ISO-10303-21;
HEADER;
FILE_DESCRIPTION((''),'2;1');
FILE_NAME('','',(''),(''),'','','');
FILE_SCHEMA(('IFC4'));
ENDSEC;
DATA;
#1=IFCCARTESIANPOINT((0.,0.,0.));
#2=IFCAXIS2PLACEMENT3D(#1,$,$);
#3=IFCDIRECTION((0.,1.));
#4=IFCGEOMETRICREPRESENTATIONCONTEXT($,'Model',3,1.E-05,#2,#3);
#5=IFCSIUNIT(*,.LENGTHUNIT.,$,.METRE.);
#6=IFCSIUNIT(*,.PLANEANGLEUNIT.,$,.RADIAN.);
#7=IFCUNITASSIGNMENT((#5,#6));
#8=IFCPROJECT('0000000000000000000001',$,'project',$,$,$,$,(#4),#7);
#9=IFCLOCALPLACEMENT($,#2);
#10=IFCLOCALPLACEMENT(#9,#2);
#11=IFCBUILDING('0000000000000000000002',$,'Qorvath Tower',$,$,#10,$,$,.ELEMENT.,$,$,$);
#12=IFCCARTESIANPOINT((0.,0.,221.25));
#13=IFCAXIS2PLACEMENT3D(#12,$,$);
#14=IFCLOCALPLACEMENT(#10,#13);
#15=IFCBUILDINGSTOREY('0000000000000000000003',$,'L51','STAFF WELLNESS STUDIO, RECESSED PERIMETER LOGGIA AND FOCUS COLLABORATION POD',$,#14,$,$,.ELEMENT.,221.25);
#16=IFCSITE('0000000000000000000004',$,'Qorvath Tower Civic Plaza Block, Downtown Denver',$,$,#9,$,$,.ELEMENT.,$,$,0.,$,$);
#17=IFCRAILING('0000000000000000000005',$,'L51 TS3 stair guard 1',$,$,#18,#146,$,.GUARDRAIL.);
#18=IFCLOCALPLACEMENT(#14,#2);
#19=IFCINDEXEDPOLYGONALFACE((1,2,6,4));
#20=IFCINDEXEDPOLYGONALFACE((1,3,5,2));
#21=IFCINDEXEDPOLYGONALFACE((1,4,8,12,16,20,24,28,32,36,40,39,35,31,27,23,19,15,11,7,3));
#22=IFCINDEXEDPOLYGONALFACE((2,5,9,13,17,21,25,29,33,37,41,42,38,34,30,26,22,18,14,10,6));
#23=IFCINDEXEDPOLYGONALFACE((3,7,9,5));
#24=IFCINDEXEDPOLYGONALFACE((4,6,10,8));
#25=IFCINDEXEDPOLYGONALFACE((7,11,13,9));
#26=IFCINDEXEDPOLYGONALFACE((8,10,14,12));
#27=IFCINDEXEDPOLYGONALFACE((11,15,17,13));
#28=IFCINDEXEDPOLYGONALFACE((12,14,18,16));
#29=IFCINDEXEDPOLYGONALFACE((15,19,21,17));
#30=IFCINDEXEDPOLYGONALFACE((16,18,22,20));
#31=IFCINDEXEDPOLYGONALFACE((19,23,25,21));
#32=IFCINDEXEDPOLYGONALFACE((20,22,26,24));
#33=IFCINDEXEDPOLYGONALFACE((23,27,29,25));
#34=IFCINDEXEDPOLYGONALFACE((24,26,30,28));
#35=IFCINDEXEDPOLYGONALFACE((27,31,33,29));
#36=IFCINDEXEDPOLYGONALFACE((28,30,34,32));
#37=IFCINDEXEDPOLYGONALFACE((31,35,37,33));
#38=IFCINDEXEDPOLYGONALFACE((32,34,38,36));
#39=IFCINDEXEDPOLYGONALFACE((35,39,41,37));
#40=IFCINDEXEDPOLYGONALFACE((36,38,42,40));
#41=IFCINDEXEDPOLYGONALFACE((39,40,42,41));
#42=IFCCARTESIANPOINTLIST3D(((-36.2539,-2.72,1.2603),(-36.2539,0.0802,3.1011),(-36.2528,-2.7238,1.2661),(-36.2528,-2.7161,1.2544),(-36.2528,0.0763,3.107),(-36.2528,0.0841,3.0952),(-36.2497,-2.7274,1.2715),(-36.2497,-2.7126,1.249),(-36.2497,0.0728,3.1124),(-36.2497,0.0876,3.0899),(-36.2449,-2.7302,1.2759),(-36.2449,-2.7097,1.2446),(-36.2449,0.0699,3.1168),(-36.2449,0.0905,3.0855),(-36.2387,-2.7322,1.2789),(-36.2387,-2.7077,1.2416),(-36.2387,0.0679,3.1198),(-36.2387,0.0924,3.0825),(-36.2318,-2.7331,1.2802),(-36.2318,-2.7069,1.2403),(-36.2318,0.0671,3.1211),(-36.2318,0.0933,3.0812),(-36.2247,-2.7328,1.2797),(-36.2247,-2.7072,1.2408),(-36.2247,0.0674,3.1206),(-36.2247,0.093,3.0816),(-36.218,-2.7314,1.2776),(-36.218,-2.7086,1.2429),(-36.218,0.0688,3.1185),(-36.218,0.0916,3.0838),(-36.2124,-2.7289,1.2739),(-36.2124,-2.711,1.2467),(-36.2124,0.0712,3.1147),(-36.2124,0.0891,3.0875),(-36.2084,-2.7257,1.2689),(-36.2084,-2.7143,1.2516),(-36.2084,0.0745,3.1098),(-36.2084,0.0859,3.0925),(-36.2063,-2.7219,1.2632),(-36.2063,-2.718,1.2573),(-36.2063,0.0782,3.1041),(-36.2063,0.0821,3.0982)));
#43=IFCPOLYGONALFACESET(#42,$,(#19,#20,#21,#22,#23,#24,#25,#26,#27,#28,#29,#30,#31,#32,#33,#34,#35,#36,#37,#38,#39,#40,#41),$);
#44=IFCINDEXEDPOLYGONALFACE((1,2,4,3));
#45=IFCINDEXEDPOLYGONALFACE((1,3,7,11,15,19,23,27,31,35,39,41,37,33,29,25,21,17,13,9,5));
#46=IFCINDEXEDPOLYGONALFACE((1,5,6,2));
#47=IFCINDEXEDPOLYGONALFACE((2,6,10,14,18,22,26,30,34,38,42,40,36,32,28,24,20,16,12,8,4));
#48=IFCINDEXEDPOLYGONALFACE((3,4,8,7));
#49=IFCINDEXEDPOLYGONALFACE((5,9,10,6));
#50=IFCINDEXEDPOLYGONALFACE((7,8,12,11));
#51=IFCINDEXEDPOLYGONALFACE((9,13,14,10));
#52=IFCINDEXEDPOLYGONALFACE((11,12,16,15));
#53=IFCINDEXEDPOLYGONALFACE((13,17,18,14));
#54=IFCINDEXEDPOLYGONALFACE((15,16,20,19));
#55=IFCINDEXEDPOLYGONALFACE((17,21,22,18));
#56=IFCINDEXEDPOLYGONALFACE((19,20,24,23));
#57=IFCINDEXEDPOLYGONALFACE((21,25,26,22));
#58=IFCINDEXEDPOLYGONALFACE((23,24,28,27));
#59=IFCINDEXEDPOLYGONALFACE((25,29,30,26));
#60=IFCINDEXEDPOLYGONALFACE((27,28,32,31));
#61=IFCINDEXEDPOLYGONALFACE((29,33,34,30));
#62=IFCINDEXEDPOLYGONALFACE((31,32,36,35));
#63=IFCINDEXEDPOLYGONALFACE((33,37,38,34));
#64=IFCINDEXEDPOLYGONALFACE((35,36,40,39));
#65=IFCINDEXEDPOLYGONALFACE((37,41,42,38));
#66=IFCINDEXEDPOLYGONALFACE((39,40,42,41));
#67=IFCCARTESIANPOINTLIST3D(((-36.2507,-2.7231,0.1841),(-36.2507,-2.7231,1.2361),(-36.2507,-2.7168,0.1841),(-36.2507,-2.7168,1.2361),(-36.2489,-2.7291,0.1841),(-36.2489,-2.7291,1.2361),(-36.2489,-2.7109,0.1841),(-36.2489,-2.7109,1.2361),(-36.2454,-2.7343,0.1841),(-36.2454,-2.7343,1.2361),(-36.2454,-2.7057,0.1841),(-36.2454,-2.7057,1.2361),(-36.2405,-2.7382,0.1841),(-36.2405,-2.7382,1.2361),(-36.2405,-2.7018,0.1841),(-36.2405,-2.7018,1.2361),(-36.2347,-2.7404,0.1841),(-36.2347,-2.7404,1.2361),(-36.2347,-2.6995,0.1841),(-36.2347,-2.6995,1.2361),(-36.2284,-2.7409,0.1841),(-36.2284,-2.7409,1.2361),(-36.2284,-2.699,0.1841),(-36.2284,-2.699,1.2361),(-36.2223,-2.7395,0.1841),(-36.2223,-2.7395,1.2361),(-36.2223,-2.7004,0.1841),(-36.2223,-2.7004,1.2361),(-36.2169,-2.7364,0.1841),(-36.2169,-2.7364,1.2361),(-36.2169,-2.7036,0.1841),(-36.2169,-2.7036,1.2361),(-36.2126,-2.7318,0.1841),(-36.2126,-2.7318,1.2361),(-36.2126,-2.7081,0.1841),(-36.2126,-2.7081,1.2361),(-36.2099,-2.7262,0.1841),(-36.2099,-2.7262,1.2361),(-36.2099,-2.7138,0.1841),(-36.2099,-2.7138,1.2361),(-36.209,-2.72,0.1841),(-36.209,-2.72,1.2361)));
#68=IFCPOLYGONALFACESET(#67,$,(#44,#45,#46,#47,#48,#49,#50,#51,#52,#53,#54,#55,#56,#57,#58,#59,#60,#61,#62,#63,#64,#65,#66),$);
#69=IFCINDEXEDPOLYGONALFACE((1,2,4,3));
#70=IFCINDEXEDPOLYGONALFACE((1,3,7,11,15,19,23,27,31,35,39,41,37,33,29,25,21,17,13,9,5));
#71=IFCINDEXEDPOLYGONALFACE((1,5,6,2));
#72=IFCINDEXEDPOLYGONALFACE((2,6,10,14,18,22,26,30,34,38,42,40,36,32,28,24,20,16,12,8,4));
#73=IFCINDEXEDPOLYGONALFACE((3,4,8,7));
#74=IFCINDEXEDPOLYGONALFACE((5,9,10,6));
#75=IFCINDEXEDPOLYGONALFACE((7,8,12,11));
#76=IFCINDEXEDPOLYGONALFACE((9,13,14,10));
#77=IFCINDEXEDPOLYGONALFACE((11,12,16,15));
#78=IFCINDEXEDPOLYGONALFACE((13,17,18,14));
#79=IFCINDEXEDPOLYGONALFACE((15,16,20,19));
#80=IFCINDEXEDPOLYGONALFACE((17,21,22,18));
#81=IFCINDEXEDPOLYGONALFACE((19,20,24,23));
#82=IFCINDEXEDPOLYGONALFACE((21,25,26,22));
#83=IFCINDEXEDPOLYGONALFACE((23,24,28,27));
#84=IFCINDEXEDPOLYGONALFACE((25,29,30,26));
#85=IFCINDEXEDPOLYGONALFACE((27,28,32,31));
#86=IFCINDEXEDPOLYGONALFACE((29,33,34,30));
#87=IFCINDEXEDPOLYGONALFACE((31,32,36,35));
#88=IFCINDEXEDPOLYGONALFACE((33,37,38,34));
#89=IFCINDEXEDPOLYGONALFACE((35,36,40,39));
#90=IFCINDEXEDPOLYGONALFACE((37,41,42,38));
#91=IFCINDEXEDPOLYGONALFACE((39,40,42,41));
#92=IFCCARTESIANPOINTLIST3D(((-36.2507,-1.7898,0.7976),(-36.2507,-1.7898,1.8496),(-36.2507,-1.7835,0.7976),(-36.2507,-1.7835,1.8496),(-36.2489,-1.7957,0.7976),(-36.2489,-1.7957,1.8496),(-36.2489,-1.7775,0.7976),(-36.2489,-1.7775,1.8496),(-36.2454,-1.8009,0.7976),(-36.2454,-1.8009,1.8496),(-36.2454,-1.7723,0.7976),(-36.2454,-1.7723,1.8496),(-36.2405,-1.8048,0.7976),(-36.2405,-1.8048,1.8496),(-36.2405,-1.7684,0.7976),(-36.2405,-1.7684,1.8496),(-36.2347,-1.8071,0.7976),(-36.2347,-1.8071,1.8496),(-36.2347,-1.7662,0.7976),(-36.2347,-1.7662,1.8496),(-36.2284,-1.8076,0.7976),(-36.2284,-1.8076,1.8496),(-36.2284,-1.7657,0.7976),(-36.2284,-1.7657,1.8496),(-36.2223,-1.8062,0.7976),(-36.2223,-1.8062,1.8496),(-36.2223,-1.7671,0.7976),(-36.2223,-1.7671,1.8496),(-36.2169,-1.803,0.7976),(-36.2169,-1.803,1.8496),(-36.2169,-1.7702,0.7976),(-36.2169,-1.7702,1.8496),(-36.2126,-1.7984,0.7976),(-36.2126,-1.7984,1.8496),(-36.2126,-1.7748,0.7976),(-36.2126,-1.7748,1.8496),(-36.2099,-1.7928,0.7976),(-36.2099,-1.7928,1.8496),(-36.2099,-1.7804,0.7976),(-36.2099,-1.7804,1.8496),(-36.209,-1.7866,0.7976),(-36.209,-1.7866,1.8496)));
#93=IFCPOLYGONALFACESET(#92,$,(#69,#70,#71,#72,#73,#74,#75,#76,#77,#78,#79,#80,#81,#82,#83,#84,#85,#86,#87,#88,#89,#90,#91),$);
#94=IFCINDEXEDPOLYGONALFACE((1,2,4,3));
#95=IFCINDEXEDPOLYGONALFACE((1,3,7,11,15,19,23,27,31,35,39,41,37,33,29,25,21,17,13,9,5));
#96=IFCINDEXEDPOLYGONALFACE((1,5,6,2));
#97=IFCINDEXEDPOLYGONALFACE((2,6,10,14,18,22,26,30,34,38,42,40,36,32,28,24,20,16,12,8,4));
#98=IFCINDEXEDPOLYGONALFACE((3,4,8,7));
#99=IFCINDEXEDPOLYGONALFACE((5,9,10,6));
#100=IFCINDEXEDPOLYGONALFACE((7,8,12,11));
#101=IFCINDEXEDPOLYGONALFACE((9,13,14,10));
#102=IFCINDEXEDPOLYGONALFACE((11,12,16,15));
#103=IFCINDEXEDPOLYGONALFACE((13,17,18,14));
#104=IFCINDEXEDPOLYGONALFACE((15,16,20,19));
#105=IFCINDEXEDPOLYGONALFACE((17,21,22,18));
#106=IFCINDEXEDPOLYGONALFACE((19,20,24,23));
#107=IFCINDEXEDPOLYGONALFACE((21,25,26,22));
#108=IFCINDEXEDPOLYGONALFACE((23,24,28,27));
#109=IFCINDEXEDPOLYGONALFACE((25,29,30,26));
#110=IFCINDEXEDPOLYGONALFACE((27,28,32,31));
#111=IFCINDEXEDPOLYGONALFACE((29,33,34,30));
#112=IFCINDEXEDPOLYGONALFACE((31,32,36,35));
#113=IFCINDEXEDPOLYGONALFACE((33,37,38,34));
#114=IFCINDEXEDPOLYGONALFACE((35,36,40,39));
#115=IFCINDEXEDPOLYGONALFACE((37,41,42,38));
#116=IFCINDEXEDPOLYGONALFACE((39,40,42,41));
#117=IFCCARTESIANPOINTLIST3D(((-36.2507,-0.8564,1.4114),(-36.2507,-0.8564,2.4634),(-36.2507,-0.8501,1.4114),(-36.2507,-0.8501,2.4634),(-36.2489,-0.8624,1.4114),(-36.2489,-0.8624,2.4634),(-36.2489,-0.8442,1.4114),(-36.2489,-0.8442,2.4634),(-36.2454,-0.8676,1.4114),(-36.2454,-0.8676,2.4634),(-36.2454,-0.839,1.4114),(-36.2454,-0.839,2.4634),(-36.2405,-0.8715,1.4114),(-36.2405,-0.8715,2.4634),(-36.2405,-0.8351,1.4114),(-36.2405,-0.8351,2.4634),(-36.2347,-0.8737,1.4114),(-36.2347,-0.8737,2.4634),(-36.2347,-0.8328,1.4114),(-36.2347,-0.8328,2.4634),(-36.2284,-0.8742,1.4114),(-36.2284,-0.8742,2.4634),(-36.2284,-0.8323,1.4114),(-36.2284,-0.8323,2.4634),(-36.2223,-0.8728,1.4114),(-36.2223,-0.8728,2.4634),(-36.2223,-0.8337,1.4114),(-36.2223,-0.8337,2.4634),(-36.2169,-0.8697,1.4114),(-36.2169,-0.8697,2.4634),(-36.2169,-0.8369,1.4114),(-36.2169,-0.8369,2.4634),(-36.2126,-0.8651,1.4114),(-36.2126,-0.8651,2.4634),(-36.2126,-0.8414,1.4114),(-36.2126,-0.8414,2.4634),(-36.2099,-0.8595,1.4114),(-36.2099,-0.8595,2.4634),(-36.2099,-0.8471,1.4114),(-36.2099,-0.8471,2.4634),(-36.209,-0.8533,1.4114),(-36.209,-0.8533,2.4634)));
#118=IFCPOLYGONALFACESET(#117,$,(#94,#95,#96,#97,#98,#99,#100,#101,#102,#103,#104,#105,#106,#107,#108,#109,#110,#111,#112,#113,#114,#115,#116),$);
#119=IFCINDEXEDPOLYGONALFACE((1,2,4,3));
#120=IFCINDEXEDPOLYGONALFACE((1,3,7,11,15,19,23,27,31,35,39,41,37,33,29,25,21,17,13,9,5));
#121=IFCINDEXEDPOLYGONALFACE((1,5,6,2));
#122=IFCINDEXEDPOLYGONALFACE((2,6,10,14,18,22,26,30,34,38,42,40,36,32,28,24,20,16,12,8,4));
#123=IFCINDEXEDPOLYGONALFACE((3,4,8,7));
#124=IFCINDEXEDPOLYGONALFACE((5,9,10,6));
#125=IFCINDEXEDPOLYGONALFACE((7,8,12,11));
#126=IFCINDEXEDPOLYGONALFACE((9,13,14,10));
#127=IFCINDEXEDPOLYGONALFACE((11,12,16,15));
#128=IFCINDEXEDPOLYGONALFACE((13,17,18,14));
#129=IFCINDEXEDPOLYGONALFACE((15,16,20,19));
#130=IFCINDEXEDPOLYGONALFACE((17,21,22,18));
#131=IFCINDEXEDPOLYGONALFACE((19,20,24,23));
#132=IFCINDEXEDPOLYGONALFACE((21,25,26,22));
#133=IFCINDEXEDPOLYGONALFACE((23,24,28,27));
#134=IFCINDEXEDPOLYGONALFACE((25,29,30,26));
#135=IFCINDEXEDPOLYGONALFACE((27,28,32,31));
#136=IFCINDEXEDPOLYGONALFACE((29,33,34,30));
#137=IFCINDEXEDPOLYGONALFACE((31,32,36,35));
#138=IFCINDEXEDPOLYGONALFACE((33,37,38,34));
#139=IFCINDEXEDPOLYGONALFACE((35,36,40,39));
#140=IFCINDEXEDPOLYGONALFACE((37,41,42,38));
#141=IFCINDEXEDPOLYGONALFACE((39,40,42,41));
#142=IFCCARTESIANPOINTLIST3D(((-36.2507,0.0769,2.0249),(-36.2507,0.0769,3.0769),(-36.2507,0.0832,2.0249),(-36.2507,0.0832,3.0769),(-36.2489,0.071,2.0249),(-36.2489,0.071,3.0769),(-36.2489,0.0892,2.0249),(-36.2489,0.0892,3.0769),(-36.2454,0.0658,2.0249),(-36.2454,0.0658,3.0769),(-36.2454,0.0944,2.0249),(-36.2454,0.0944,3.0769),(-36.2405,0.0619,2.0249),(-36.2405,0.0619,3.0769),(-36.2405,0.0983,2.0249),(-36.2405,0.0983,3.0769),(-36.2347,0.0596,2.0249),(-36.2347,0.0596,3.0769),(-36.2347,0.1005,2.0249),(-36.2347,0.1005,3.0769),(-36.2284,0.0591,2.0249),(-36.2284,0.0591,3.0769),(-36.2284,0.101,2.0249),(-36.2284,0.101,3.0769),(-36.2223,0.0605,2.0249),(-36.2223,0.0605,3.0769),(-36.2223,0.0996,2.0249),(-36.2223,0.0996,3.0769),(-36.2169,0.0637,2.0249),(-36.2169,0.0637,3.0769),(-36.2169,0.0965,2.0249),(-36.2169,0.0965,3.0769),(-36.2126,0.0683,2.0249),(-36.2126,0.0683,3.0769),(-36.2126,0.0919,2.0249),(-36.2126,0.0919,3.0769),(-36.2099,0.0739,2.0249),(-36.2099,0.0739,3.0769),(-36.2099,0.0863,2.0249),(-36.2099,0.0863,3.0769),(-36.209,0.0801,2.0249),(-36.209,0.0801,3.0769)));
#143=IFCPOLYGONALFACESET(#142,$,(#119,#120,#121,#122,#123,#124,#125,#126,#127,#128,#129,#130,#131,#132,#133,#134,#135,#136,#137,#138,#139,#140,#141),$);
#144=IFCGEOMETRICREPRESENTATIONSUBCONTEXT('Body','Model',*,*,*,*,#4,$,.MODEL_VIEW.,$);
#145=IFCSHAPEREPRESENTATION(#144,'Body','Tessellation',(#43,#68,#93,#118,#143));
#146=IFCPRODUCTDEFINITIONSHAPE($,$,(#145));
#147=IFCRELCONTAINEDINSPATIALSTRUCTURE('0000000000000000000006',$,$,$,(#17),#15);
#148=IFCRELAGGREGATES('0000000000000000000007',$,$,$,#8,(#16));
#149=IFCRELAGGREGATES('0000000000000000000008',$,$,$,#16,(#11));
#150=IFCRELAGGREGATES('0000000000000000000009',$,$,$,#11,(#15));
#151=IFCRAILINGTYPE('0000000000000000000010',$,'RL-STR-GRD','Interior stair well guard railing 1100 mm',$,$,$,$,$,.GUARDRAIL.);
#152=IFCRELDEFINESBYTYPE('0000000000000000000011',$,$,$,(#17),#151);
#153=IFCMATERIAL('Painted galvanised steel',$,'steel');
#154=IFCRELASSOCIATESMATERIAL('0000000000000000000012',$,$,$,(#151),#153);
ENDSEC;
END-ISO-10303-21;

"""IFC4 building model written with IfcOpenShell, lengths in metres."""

from ifc_helpers import new_model, si_unit, direction, frame, origin, origin_2d, place, context, subcontext, project, spatial, circle, extrude, material, type_object, element, save


model = new_model("IFC4")

# Units and contexts
model_context = context("Model", 3, precision=1e-05, world=origin(), true_north=direction((0.0, 1.0)))
body_context = subcontext(model_context, "Body", "Model", "MODEL_VIEW")
ifc_project = project(units=[si_unit("LENGTHUNIT", "METRE"), si_unit("PLANEANGLEUNIT", "RADIAN")], contexts=[model_context])

# Site, building, storey
site_placement = place(None, origin())
site = spatial("IfcSite", under=ifc_project, at=site_placement, Name="Qorvath Tower Civic Plaza Block, Downtown Denver", CompositionType="ELEMENT", RefElevation=0.0)
building_placement = place(site_placement, origin())
building = spatial("IfcBuilding", under=site, at=building_placement, Name="Qorvath Tower", CompositionType="ELEMENT")
storey_placement = place(building_placement, frame((0.0, 0.0, 221.25)))
storey = spatial("IfcBuildingStorey", under=building, at=storey_placement, Name="L51", Description="STAFF WELLNESS STUDIO, RECESSED PERIMETER LOGGIA AND FOCUS COLLABORATION POD", CompositionType="ELEMENT", Elevation=221.25)

# Railing
ifc_material_1 = material(Name="Painted galvanised steel", Category="steel")
railing_type_1 = type_object("IfcRailingType", Name="RL-STR-GRD", Description="Interior stair well guard railing 1100 mm", PredefinedType="GUARDRAIL", material=ifc_material_1)
railing_1_placement = place(storey_placement, frame((-36.23, -2.72, 0.1841)))
element("IfcRailing", 1, at=railing_1_placement, inside=storey, type_object=railing_type_1, Name="L51 TS3 stair guard 1", PredefinedType="GUARDRAIL", context=body_context, shape_type="SweptSolid", body=[
    extrude(circle(Radius=0.0239, at=origin_2d()), frame((0.0, 0.0, 1.0762), z_axis=(0.0, 0.835598, 0.549342), x_axis=(-1.0, 0.0, 0.0)), (0.0, 0.0, 1.0), 3.3511),
    extrude(circle(Radius=0.021, at=origin_2d()), origin(), (0.0, 0.0, 1.0), 1.052),
    extrude(circle(Radius=0.021, at=origin_2d()), frame((0.0, 0.9333, 0.6135)), (0.0, 0.0, 1.0), 1.052),
    extrude(circle(Radius=0.021, at=origin_2d()), frame((0.0, 1.8667, 1.2273)), (0.0, 0.0, 1.0), 1.052),
    extrude(circle(Radius=0.021, at=origin_2d()), frame((0.0, 2.8, 1.8408)), (0.0, 0.0, 1.0), 1.052),
])

save(model, "model.ifc")
